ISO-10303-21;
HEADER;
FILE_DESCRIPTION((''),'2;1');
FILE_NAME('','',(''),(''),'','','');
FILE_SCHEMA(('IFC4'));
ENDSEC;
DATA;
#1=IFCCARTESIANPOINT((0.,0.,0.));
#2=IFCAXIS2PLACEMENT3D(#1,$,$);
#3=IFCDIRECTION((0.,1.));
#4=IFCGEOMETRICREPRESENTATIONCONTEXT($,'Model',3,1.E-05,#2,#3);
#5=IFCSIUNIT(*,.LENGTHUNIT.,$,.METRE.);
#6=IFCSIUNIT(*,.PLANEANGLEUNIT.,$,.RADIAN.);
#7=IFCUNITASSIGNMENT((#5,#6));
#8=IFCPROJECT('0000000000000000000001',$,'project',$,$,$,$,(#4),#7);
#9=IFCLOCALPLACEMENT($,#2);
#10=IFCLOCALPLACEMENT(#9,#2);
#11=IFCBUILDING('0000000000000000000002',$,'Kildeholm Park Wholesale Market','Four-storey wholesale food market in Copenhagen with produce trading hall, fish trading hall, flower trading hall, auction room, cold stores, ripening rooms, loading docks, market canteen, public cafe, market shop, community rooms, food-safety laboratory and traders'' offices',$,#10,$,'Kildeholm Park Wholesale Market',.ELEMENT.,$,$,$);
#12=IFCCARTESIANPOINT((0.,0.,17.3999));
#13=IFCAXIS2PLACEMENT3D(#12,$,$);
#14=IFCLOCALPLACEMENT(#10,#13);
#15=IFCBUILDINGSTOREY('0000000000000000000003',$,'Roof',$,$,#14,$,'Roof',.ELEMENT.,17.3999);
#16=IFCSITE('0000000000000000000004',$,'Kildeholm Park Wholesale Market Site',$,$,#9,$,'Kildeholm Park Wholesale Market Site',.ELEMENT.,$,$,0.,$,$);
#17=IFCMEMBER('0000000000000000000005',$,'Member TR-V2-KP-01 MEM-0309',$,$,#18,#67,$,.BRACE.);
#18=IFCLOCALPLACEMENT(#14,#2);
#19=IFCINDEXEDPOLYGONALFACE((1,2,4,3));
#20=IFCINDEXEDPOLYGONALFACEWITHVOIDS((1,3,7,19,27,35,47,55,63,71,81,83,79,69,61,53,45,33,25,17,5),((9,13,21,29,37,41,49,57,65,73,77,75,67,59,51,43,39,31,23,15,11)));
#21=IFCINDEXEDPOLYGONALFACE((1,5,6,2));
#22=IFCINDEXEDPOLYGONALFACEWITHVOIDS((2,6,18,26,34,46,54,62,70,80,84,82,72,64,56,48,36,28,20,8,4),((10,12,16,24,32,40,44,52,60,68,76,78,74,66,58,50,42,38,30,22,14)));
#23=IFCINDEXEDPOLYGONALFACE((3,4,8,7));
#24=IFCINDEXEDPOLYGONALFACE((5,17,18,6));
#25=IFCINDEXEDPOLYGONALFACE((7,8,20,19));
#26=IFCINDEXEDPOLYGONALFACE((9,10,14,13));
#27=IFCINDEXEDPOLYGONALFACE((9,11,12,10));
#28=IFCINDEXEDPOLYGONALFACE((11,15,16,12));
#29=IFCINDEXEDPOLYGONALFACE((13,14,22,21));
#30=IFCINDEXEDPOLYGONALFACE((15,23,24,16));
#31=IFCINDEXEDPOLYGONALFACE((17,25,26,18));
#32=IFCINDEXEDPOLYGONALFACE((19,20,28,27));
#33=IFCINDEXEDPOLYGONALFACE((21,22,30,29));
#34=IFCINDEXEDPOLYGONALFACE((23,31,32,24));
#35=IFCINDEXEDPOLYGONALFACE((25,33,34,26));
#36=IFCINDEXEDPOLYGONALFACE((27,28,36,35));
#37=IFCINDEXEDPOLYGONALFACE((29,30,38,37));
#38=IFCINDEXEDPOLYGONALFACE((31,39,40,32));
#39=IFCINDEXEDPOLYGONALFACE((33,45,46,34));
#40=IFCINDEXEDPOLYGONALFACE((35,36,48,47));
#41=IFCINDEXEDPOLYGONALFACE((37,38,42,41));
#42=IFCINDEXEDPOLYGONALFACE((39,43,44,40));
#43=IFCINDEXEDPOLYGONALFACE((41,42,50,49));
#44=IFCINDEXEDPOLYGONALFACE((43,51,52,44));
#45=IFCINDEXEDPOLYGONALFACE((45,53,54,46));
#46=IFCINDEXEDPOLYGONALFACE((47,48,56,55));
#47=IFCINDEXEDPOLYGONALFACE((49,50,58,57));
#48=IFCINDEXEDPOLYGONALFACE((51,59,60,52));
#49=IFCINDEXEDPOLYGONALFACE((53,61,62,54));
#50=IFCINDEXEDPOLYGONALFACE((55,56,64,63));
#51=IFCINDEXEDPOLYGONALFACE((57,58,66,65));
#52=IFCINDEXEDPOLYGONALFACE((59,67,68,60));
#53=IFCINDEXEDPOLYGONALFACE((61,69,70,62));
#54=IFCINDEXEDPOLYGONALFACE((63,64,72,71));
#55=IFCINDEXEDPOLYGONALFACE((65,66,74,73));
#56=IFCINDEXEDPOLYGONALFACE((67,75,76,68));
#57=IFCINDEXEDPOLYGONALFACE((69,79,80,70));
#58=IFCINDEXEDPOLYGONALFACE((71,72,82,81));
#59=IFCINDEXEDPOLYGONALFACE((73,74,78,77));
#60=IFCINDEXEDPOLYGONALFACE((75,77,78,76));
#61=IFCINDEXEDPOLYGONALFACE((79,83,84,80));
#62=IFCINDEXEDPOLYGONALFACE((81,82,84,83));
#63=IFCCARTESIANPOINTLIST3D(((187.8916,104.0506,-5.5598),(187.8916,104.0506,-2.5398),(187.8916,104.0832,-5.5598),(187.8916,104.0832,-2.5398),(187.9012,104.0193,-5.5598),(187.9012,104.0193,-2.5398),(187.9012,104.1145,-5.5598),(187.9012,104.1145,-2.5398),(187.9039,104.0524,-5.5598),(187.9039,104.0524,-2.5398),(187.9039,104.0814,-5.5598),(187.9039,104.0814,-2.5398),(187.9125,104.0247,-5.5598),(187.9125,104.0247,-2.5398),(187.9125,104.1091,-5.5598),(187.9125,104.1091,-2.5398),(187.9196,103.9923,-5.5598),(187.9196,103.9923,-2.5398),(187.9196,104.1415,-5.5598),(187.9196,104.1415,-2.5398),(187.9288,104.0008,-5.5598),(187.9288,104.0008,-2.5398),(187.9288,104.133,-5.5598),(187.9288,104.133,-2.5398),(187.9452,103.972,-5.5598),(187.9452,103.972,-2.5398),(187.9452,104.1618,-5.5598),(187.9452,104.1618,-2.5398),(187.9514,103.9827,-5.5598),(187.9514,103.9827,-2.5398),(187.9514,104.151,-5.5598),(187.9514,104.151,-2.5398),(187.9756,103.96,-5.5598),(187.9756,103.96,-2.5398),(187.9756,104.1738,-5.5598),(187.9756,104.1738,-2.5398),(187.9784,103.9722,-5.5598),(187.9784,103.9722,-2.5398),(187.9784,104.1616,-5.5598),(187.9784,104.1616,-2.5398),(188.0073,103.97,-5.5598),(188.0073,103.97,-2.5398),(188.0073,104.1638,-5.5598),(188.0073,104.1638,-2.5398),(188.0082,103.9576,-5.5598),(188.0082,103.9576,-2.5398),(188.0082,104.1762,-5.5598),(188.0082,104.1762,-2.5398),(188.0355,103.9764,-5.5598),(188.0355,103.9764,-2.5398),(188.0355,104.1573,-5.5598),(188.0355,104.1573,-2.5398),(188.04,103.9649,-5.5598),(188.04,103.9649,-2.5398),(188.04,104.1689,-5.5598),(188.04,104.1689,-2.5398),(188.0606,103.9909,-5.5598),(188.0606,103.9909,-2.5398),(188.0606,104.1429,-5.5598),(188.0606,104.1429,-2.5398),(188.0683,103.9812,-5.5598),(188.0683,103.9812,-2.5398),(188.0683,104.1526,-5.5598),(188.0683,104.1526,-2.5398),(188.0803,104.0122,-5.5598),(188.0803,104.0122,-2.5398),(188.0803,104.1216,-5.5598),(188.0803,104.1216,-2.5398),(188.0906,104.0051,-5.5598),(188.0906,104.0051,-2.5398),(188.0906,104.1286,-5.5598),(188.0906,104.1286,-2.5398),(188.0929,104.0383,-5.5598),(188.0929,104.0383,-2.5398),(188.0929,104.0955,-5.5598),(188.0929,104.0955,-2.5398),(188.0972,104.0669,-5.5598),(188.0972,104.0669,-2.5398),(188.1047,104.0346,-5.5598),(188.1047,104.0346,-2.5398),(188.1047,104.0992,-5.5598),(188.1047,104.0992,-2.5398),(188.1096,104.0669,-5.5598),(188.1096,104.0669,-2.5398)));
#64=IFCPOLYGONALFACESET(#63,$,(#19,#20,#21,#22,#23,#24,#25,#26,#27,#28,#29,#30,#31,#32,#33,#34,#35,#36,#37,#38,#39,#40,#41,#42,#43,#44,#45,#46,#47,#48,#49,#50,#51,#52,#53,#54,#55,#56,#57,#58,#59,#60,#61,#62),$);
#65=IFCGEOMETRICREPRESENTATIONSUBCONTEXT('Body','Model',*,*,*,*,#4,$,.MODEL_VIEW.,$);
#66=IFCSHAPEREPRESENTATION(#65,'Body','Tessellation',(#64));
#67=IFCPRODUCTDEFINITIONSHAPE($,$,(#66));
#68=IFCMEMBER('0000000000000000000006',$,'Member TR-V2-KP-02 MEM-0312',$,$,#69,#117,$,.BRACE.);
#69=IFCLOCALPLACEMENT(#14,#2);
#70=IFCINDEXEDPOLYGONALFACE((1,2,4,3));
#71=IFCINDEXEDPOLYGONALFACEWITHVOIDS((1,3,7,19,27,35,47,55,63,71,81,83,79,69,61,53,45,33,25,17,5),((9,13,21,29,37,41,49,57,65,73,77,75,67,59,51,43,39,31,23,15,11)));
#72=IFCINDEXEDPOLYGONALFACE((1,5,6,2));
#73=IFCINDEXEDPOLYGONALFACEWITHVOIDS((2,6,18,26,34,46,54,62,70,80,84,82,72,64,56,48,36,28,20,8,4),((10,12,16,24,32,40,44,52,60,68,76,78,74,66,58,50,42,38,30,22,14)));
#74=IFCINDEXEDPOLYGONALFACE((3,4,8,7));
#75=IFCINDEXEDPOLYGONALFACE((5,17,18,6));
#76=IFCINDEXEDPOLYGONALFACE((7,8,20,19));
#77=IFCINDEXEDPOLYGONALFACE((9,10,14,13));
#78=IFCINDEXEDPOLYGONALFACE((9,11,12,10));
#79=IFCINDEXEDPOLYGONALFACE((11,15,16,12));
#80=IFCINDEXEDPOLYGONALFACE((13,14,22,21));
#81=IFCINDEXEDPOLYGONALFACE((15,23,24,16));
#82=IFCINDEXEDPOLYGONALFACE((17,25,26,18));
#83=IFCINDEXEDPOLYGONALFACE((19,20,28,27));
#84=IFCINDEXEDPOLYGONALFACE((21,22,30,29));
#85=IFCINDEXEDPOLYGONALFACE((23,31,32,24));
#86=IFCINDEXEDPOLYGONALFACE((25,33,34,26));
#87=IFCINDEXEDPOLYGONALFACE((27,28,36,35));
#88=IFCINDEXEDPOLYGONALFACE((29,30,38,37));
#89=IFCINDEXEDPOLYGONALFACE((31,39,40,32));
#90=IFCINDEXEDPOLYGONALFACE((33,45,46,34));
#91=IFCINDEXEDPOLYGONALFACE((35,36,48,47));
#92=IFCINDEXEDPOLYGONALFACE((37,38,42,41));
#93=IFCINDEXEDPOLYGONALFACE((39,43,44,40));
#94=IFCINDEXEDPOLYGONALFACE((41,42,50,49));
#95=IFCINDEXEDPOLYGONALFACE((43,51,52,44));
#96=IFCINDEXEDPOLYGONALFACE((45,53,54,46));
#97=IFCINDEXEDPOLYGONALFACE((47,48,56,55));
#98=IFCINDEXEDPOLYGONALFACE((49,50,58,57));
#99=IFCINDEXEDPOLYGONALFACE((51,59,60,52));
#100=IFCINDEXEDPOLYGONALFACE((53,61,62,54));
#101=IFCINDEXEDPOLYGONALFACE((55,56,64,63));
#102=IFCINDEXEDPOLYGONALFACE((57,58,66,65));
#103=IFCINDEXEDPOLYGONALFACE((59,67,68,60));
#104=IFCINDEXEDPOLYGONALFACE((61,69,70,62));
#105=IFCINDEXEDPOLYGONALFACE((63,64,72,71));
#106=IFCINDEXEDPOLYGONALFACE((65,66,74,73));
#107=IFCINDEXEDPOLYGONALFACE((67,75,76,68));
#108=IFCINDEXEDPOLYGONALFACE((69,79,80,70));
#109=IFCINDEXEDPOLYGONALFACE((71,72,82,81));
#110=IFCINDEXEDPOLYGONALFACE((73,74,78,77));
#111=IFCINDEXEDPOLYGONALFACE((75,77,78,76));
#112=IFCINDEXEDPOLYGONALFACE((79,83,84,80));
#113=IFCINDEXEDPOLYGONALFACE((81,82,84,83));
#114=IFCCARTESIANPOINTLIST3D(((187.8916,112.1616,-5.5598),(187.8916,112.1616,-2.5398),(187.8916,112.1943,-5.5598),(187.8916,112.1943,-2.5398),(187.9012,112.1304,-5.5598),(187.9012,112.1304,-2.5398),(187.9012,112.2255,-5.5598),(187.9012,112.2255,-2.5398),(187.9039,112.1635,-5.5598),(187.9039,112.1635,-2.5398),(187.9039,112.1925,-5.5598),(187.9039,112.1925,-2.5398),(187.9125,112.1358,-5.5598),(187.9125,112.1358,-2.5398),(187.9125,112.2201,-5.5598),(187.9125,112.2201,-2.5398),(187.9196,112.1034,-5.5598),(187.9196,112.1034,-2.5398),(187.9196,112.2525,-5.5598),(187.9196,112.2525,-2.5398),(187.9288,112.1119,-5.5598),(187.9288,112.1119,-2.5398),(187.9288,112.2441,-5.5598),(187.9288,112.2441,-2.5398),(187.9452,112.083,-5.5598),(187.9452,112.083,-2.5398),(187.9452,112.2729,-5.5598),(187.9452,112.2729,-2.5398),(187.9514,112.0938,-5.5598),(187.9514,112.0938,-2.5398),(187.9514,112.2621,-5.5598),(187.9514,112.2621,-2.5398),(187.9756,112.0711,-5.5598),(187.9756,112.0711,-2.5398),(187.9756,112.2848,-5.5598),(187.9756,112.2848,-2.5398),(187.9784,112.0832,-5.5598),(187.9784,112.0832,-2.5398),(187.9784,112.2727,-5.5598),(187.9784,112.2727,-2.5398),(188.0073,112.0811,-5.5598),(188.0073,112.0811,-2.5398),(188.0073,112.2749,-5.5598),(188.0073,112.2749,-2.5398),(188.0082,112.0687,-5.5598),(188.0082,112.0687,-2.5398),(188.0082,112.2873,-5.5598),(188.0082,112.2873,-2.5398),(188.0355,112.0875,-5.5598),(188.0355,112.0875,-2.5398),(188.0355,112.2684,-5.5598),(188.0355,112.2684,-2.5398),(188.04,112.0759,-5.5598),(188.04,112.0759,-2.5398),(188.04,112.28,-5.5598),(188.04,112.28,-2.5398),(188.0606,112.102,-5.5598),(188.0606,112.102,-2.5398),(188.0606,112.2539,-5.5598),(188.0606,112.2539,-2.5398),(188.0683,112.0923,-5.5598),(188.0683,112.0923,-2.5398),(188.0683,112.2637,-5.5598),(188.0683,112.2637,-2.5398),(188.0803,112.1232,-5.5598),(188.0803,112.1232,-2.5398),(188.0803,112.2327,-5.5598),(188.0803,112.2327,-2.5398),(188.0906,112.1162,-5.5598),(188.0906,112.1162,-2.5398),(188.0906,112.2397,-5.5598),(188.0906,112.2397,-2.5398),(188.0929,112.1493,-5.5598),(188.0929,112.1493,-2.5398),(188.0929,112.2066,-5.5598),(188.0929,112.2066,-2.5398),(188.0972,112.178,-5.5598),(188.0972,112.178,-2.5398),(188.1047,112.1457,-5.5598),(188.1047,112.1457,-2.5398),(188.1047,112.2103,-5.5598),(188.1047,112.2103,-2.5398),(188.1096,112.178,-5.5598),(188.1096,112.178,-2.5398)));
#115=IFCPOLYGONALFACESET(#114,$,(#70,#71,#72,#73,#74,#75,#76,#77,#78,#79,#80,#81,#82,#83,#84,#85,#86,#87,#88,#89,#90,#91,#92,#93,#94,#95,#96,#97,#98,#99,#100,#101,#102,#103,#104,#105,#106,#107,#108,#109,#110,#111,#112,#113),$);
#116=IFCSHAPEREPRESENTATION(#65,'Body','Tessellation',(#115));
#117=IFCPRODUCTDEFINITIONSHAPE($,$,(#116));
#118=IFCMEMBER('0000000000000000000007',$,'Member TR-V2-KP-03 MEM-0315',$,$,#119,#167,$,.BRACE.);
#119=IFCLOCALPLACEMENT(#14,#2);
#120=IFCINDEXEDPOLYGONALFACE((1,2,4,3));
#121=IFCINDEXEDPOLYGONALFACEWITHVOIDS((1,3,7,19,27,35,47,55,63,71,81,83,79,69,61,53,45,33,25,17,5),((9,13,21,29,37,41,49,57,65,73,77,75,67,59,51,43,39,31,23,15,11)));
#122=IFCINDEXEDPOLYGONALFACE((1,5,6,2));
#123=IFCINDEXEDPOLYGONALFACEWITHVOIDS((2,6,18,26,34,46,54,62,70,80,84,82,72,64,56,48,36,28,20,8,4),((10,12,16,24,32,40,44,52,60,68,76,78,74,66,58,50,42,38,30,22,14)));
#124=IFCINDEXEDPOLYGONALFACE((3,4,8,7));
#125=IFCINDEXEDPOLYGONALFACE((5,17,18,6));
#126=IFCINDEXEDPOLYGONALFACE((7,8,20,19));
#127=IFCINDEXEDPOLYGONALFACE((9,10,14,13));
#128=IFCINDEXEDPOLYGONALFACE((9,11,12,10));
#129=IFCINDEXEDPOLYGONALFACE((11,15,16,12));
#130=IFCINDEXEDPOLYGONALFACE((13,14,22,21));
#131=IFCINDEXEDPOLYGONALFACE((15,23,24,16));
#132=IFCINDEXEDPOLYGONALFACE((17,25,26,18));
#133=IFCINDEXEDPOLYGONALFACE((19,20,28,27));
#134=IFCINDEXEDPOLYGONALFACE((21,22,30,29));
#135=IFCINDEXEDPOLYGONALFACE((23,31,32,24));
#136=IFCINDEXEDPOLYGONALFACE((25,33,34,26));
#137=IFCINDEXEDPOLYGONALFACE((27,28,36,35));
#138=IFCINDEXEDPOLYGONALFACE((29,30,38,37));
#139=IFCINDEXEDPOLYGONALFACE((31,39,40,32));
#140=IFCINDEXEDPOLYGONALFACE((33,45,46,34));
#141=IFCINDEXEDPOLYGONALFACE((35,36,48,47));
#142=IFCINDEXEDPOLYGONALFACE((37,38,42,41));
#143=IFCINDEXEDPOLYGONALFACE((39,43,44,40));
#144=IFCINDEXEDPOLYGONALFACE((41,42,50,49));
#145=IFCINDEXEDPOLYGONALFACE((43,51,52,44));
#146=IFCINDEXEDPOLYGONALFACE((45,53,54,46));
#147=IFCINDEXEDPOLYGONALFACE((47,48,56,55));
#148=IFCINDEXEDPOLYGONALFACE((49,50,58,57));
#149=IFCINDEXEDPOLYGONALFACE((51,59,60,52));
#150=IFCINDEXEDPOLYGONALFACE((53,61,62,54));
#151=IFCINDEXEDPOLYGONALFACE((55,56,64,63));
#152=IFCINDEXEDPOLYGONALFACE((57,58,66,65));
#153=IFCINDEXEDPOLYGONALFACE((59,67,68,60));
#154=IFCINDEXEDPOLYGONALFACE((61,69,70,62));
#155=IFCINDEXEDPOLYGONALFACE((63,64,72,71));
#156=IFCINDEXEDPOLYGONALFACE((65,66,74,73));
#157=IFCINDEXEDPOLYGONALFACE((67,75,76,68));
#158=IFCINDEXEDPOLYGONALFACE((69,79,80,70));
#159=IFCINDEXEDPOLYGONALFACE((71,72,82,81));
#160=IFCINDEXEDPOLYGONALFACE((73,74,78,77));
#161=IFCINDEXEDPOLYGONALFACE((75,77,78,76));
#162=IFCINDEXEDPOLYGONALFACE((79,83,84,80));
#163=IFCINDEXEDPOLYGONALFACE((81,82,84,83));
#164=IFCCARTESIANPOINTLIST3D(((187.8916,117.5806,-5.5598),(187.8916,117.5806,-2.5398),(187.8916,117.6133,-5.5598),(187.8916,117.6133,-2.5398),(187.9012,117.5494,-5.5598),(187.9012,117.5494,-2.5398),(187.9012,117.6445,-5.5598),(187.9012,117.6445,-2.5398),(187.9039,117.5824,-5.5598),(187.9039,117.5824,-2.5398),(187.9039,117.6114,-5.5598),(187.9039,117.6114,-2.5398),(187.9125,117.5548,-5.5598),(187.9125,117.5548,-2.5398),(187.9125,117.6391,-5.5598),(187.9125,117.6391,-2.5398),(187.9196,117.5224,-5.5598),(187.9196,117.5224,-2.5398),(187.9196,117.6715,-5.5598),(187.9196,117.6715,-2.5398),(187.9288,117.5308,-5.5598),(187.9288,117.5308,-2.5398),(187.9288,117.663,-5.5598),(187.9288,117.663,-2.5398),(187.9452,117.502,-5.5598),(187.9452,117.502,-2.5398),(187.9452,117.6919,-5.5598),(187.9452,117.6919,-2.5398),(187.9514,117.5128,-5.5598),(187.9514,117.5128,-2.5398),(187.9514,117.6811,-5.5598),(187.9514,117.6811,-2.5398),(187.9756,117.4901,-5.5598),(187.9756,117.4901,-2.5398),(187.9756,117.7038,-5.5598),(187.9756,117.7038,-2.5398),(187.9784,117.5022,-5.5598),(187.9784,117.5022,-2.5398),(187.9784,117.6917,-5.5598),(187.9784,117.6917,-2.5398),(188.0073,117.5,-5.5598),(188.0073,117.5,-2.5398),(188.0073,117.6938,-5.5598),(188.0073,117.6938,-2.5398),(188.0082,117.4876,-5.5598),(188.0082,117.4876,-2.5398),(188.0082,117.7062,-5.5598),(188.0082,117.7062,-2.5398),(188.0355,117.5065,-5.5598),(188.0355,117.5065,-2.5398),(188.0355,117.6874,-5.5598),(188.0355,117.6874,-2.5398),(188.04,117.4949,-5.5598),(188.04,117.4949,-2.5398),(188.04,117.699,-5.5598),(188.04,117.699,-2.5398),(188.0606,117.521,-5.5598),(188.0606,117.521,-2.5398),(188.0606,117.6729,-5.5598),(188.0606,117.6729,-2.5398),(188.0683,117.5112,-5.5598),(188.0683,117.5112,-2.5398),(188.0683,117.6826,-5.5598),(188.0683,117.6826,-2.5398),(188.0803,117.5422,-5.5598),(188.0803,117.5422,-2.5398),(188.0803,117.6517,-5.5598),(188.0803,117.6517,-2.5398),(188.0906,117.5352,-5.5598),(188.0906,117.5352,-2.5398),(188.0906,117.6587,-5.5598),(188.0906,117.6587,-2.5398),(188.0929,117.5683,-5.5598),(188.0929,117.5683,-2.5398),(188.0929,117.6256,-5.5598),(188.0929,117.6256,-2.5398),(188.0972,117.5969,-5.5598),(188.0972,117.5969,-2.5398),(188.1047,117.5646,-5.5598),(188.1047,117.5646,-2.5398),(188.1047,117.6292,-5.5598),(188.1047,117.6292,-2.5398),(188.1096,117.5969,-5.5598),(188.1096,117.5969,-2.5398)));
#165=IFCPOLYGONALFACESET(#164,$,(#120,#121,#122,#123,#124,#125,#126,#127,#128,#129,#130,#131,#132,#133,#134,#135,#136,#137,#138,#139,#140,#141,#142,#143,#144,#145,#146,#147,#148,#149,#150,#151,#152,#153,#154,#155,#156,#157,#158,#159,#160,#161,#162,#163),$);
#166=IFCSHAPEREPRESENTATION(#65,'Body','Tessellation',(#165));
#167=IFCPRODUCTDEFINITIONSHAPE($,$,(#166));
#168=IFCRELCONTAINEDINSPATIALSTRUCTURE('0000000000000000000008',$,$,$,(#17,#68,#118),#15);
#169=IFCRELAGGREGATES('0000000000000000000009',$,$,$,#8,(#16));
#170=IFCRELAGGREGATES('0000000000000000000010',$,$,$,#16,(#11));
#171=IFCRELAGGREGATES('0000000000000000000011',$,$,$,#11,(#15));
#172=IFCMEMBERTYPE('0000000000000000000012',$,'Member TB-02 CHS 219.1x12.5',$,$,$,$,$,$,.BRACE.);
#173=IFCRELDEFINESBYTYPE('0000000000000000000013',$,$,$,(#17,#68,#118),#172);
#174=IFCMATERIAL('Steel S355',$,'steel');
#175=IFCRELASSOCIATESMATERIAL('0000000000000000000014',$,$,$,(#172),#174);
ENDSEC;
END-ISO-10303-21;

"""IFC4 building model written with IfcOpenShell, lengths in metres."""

from ifc_helpers import new_model, si_unit, direction, frame, origin, origin_2d, place, context, subcontext, project, spatial, hollow_circle, extrude, material, material_profile, profile_set, type_object, element, save


model = new_model("IFC4")

# Units and contexts
model_context = context("Model", 3, precision=1e-05, world=origin(), true_north=direction((0.0, 1.0)))
body_context = subcontext(model_context, "Body", "Model", "MODEL_VIEW")
ifc_project = project(units=[si_unit("LENGTHUNIT", "METRE"), si_unit("PLANEANGLEUNIT", "RADIAN")], contexts=[model_context])

# Site, building, storey
site_placement = place(None, origin())
site = spatial("IfcSite", under=ifc_project, at=site_placement, Name="Kildeholm Park Wholesale Market Site", LongName="Kildeholm Park Wholesale Market Site", CompositionType="ELEMENT", RefElevation=0.0)
building_placement = place(site_placement, origin())
building = spatial("IfcBuilding", under=site, at=building_placement, Name="Kildeholm Park Wholesale Market", Description="Four-storey wholesale food market in Copenhagen with produce trading hall, fish trading hall, flower trading hall, auction room, cold stores, ripening rooms, loading docks, market canteen, public cafe, market shop, community rooms, food-safety laboratory and traders' offices", LongName="Kildeholm Park Wholesale Market", CompositionType="ELEMENT")
storey_placement = place(building_placement, frame((0.0, 0.0, 17.3999)))
storey = spatial("IfcBuildingStorey", under=building, at=storey_placement, Name="Roof", LongName="Roof", CompositionType="ELEMENT", Elevation=17.3999)

# Shared definitions
ifc_material_1 = material(Name="Steel S355", Category="steel")

# Members
ifc_material_profile_1 = material_profile(ifc_material_1, hollow_circle(Radius=0.1096, WallThickness=0.0125, at=origin_2d()), Name="CHS 219.1x12.5")
ifc_profile_set_1 = profile_set([ifc_material_profile_1], Name="Steel S355")
member_type_1 = type_object("IfcMemberType", Name="Member TB-02 CHS 219.1x12.5", PredefinedType="BRACE", material=ifc_profile_set_1)
for number, where, z_axis, x_axis, name in (
    (1, (188.0, 104.0669, -5.5598), (0.0, 0.0, 1.0), (1.0, 0.0, 0.0), "Member TR-V2-KP-01 MEM-0309"),
    (2, (188.0, 112.178, -5.5598), (0.0, 0.0, 1.0), (1.0, 0.0, 0.0), "Member TR-V2-KP-02 MEM-0312"),
    (3, (188.0, 117.5969, -5.5598), (0.0, 0.0, 1.0), (1.0, 0.0, 0.0), "Member TR-V2-KP-03 MEM-0315"),
):
    element("IfcMember", number, at=place(storey_placement, frame(where, z_axis=z_axis, x_axis=x_axis)), inside=storey, type_object=member_type_1, Name=name, PredefinedType="BRACE", context=body_context, shape_type="SweptSolid", body=[
        extrude(hollow_circle(Radius=0.1096, WallThickness=0.0125, at=origin_2d()), origin(), (0.0, 0.0, 1.0), 3.02),
    ])

save(model, "model.ifc")
